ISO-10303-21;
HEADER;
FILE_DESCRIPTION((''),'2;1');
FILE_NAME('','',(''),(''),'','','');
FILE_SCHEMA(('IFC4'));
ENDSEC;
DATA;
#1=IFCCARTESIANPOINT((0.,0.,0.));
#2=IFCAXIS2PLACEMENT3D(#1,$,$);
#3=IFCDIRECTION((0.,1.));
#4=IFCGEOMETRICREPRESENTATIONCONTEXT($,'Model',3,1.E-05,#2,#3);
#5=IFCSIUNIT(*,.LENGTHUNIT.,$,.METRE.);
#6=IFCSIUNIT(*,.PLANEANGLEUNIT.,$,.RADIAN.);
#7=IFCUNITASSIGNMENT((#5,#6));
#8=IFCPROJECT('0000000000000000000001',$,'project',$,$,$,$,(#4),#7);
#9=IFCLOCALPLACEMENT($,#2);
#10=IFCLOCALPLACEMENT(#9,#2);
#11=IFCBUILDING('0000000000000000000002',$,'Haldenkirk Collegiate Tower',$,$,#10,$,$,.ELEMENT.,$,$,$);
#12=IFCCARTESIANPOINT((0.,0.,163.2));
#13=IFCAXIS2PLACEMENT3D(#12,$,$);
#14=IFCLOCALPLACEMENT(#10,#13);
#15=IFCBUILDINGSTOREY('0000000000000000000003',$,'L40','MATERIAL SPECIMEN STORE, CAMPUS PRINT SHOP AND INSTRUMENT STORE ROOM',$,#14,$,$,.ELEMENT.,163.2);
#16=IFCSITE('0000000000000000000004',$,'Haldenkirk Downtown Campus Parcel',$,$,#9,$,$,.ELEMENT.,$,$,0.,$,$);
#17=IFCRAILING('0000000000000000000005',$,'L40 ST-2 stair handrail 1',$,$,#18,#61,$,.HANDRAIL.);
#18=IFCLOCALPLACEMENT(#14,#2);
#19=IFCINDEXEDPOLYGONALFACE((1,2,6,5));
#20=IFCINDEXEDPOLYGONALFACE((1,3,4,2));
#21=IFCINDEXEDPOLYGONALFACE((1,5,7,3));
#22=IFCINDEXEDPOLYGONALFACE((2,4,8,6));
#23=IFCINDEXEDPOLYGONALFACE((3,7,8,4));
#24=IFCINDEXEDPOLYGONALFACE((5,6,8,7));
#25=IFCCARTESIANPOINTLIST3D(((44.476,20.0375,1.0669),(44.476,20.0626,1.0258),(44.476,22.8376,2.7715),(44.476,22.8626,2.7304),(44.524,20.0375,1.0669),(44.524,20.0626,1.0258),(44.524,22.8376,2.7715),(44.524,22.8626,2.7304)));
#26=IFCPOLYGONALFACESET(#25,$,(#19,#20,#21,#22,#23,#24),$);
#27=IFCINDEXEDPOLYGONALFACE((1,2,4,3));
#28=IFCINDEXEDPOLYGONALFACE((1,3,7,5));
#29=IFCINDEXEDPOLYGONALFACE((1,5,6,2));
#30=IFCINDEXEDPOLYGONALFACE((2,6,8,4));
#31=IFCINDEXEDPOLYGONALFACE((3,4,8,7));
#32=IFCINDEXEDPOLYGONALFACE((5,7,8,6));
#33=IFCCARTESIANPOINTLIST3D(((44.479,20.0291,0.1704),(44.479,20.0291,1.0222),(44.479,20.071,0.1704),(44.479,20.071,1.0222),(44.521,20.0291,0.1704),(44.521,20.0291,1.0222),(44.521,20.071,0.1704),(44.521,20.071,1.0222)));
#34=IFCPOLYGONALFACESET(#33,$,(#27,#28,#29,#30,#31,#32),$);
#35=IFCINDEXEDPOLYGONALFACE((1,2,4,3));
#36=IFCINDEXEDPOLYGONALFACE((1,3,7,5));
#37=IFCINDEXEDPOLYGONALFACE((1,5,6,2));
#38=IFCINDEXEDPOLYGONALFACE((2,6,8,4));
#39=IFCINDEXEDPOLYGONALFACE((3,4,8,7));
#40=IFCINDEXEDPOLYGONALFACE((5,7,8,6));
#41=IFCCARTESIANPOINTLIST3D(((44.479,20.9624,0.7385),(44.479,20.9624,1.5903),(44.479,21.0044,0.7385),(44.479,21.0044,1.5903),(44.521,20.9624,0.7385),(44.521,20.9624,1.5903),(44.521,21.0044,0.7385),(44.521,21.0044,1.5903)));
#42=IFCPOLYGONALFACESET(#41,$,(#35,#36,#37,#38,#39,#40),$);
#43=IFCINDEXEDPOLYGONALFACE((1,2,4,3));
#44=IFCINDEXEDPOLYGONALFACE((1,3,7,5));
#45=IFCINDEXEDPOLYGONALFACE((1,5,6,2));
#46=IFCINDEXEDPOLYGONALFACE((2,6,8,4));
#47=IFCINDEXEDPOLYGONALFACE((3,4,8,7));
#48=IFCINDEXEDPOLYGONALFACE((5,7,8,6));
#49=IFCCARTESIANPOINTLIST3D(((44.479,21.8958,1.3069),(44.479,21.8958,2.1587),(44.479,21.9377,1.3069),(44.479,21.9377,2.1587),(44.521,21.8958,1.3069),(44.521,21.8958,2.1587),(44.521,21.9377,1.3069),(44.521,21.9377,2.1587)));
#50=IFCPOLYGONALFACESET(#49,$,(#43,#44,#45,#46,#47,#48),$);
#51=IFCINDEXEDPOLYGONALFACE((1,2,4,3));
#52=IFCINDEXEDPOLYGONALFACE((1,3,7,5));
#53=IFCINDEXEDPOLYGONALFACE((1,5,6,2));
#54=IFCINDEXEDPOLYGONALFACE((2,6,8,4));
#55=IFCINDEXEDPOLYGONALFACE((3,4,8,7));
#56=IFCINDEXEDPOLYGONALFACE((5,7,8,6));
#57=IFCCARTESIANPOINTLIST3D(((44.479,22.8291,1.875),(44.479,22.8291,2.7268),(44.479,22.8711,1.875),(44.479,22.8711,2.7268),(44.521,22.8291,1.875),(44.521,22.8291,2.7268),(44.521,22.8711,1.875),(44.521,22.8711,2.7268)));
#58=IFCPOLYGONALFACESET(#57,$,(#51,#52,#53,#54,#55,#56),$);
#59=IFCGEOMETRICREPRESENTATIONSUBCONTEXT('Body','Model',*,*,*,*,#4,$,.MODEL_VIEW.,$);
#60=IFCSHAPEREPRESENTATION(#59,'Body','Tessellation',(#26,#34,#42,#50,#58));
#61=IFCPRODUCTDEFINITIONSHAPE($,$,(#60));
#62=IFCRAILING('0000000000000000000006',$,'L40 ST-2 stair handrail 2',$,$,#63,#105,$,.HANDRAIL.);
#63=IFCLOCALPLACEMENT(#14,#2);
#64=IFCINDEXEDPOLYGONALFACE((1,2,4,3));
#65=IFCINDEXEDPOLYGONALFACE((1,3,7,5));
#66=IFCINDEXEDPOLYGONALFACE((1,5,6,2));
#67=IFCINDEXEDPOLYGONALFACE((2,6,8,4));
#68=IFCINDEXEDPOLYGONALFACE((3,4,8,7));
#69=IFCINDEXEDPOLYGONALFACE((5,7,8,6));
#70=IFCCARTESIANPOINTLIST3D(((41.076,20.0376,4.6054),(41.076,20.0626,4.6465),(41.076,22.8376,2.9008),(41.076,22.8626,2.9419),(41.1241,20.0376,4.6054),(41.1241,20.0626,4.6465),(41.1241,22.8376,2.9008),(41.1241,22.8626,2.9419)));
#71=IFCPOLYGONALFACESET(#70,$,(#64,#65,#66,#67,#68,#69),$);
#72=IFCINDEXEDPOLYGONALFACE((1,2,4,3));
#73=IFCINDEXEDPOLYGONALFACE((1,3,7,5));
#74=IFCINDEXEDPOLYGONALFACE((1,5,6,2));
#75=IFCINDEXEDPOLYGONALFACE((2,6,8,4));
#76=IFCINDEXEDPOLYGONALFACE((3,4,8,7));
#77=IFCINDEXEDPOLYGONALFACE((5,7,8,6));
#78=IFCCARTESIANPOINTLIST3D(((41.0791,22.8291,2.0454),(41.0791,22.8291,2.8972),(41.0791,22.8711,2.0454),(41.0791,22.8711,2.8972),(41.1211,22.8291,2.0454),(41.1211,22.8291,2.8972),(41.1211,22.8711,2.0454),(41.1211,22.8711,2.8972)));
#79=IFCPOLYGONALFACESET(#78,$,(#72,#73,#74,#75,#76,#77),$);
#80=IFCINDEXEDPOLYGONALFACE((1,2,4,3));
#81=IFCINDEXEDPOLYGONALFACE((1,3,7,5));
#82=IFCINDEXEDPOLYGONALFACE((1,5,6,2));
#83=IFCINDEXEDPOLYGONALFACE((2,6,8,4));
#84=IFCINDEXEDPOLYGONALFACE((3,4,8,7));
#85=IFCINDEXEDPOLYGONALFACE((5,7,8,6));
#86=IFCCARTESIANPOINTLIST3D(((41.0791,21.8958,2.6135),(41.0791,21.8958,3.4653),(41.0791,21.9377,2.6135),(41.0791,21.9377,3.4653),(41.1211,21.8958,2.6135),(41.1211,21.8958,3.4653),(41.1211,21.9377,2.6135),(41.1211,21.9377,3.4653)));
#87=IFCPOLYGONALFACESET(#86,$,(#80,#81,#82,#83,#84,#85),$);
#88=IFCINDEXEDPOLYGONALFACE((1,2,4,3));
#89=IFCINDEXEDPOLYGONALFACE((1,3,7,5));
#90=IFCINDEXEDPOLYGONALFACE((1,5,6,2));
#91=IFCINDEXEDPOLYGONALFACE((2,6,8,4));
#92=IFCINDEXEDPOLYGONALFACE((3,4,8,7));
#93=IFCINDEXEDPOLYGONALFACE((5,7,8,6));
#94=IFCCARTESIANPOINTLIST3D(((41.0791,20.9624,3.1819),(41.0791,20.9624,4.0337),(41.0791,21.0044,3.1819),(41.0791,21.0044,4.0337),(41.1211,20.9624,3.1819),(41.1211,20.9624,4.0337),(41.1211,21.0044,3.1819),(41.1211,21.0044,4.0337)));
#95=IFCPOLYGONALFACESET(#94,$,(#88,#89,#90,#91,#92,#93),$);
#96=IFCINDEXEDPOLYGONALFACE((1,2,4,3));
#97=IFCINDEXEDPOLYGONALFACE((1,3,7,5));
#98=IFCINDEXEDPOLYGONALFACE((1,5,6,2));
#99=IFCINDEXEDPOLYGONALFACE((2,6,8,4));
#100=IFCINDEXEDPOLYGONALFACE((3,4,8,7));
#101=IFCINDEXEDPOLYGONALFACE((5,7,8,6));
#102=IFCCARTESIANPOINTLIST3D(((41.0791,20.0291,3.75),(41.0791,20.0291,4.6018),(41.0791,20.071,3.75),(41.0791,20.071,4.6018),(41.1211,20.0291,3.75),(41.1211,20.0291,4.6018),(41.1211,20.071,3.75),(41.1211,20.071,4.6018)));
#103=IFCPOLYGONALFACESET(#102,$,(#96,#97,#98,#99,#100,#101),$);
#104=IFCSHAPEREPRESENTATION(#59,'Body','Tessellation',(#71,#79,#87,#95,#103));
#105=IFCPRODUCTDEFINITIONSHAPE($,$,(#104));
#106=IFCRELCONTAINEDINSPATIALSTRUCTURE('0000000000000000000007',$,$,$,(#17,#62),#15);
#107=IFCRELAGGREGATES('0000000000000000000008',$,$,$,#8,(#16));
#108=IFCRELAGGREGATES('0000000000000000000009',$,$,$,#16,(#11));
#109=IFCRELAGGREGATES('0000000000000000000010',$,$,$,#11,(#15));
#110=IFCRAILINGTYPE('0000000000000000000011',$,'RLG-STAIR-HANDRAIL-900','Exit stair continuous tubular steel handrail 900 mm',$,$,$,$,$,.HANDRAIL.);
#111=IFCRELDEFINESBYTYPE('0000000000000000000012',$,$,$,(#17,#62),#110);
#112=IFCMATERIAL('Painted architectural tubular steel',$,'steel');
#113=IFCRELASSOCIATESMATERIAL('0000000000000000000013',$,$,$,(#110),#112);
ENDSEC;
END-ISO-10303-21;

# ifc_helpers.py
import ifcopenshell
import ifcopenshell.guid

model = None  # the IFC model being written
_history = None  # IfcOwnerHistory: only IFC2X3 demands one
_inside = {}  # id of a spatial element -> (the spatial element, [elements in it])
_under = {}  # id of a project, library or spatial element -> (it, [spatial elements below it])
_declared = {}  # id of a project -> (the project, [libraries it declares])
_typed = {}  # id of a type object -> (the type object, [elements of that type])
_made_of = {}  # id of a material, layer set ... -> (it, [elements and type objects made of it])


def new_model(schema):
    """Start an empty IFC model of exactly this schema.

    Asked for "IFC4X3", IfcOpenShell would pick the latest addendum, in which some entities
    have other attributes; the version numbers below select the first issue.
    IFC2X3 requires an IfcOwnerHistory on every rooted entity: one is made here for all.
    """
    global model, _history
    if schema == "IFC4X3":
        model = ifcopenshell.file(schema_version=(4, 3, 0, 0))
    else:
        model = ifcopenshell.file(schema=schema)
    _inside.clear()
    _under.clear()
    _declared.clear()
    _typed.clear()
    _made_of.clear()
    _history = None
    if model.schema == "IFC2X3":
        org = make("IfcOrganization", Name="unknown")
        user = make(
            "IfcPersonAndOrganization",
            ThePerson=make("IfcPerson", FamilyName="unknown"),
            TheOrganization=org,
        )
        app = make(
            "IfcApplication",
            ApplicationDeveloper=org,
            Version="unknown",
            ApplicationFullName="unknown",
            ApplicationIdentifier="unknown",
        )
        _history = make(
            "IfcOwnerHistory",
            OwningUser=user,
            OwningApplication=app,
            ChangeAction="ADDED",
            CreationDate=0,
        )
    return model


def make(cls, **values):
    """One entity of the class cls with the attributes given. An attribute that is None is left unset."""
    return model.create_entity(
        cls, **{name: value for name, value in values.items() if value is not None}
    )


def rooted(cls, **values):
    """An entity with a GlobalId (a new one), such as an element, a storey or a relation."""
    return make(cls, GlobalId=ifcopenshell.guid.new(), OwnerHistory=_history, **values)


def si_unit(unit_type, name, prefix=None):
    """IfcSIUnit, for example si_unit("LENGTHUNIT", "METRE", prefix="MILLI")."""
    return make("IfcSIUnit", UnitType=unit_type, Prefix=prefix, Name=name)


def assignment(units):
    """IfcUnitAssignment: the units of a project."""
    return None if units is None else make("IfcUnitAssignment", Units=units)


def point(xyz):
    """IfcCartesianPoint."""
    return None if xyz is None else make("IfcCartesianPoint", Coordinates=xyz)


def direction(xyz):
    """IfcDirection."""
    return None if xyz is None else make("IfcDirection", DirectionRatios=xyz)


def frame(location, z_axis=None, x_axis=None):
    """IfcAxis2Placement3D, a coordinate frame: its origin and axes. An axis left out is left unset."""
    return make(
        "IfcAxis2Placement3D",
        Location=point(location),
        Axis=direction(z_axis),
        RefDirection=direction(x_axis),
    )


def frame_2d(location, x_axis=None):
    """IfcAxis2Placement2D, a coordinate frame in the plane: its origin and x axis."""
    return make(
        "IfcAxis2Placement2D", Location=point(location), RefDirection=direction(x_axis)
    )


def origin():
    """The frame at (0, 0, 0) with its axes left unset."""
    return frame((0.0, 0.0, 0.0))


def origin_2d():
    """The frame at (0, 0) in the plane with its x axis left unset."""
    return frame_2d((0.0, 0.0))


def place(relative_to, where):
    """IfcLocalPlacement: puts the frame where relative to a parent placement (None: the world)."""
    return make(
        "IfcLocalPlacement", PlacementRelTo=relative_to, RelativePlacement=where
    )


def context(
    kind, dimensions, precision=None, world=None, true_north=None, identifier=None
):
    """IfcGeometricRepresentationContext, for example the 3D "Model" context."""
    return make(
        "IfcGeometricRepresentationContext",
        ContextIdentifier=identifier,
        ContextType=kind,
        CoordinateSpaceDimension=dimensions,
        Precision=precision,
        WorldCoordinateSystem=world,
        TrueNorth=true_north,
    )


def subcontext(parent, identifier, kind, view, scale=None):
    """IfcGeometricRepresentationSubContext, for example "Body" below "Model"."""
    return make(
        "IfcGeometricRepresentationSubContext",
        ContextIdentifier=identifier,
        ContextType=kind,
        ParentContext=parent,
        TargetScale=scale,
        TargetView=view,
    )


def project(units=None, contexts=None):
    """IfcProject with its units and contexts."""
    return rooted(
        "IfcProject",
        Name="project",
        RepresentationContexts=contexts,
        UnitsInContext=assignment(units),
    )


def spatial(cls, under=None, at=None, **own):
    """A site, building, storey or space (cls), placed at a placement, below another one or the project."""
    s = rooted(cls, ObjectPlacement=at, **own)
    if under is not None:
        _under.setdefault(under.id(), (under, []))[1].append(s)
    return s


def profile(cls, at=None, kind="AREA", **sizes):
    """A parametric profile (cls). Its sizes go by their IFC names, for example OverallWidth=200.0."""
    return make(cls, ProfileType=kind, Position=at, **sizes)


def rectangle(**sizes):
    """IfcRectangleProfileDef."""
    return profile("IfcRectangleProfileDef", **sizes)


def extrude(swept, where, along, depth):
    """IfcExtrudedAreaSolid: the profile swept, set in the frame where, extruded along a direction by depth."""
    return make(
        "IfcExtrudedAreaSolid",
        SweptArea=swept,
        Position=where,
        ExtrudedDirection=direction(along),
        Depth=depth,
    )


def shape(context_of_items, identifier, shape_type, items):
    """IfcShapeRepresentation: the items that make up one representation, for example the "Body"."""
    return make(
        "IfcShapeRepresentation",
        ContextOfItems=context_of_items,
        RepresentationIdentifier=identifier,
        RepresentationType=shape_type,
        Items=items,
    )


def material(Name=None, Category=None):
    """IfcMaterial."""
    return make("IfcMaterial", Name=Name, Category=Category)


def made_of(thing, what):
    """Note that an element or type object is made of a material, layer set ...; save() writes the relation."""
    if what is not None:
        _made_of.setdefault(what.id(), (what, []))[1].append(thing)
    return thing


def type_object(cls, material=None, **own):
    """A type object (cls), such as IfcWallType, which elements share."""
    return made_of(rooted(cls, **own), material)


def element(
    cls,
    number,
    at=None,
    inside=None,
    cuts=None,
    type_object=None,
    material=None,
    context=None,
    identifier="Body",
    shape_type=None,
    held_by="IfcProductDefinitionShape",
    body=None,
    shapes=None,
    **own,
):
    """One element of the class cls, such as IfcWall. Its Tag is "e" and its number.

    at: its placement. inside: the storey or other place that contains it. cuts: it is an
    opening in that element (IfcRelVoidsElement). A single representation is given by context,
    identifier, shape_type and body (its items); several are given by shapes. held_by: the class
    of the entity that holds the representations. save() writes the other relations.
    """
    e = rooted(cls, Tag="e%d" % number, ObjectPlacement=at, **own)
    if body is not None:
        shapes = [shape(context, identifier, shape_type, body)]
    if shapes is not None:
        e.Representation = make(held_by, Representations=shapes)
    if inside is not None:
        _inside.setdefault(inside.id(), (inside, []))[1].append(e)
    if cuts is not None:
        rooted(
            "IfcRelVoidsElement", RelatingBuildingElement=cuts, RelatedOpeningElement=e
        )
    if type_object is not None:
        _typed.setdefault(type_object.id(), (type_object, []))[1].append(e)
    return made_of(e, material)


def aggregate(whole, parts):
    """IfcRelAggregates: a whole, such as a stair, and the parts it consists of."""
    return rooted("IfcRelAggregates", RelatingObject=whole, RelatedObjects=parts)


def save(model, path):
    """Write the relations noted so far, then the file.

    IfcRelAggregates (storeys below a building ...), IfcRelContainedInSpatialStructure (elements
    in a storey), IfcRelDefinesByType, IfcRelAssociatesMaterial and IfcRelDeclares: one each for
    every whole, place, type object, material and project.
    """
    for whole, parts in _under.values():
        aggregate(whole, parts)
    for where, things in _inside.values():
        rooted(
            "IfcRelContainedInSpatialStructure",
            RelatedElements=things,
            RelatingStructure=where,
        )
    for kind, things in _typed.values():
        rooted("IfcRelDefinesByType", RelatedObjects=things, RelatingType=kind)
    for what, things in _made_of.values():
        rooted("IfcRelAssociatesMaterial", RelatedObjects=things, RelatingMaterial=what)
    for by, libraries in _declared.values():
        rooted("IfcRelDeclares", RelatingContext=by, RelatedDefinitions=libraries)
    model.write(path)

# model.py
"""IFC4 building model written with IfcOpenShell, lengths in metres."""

from ifc_helpers import new_model, si_unit, direction, frame, origin, origin_2d, place, context, subcontext, project, spatial, rectangle, extrude, material, type_object, element, save


model = new_model("IFC4")

# Units and contexts
model_context = context("Model", 3, precision=1e-05, world=origin(), true_north=direction((0.0, 1.0)))
body_context = subcontext(model_context, "Body", "Model", "MODEL_VIEW")
ifc_project = project(units=[si_unit("LENGTHUNIT", "METRE"), si_unit("PLANEANGLEUNIT", "RADIAN")], contexts=[model_context])

# Site, building, storey
site_placement = place(None, origin())
site = spatial("IfcSite", under=ifc_project, at=site_placement, Name="Haldenkirk Downtown Campus Parcel", CompositionType="ELEMENT", RefElevation=0.0)
building_placement = place(site_placement, origin())
building = spatial("IfcBuilding", under=site, at=building_placement, Name="Haldenkirk Collegiate Tower", CompositionType="ELEMENT")
storey_placement = place(building_placement, frame((0.0, 0.0, 163.2)))
storey = spatial("IfcBuildingStorey", under=building, at=storey_placement, Name="L40", Description="MATERIAL SPECIMEN STORE, CAMPUS PRINT SHOP AND INSTRUMENT STORE ROOM", CompositionType="ELEMENT", Elevation=163.2)

# Railings
ifc_material_1 = material(Name="Painted architectural tubular steel", Category="steel")
railing_type_1 = type_object("IfcRailingType", Name="RLG-STAIR-HANDRAIL-900", Description="Exit stair continuous tubular steel handrail 900 mm", PredefinedType="HANDRAIL", material=ifc_material_1)
railing_1_placement = place(storey_placement, frame((44.5, 20.05, 0.1704)))
element("IfcRailing", 1, at=railing_1_placement, inside=storey, type_object=railing_type_1, Name="L40 ST-2 stair handrail 1", PredefinedType="HANDRAIL", context=body_context, shape_type="SweptSolid", body=[
    extrude(rectangle(XDim=0.0481, YDim=0.0481, at=origin_2d()), frame((0.0, 0.0, 0.876), z_axis=(0.0, 0.85417, 0.519994), x_axis=(-1.0, 0.0, 0.0)), (0.0, 0.0, 1.0), 3.2781),
    extrude(rectangle(XDim=0.042, YDim=0.042, at=origin_2d()), origin(), (0.0, 0.0, 1.0), 0.8518),
    extrude(rectangle(XDim=0.042, YDim=0.042, at=origin_2d()), frame((0.0, 0.9333, 0.5681)), (0.0, 0.0, 1.0), 0.8518),
    extrude(rectangle(XDim=0.042, YDim=0.042, at=origin_2d()), frame((0.0, 1.8667, 1.1365)), (0.0, 0.0, 1.0), 0.8518),
    extrude(rectangle(XDim=0.042, YDim=0.042, at=origin_2d()), frame((0.0, 2.8, 1.7046)), (0.0, 0.0, 1.0), 0.8518),
])
railing_2_placement = place(storey_placement, frame((41.1001, 22.8501, 2.0454)))
element("IfcRailing", 2, at=railing_2_placement, inside=storey, type_object=railing_type_1, Name="L40 ST-2 stair handrail 2", PredefinedType="HANDRAIL", context=body_context, shape_type="SweptSolid", body=[
    extrude(rectangle(XDim=0.0481, YDim=0.0481, at=origin_2d()), frame((0.0, 0.0, 0.876), z_axis=(0.0, -0.85417, 0.519994), x_axis=(1.0, 0.0, 0.0)), (0.0, 0.0, 1.0), 3.2781),
    extrude(rectangle(XDim=0.042, YDim=0.042, at=origin_2d()), origin(), (0.0, 0.0, 1.0), 0.8518),
    extrude(rectangle(XDim=0.042, YDim=0.042, at=origin_2d()), frame((0.0, -0.9333, 0.5681)), (0.0, 0.0, 1.0), 0.8518),
    extrude(rectangle(XDim=0.042, YDim=0.042, at=origin_2d()), frame((0.0, -1.8667, 1.1365)), (0.0, 0.0, 1.0), 0.8518),
    extrude(rectangle(XDim=0.042, YDim=0.042, at=origin_2d()), frame((0.0, -2.8, 1.7046)), (0.0, 0.0, 1.0), 0.8518),
])

save(model, "model.ifc")
